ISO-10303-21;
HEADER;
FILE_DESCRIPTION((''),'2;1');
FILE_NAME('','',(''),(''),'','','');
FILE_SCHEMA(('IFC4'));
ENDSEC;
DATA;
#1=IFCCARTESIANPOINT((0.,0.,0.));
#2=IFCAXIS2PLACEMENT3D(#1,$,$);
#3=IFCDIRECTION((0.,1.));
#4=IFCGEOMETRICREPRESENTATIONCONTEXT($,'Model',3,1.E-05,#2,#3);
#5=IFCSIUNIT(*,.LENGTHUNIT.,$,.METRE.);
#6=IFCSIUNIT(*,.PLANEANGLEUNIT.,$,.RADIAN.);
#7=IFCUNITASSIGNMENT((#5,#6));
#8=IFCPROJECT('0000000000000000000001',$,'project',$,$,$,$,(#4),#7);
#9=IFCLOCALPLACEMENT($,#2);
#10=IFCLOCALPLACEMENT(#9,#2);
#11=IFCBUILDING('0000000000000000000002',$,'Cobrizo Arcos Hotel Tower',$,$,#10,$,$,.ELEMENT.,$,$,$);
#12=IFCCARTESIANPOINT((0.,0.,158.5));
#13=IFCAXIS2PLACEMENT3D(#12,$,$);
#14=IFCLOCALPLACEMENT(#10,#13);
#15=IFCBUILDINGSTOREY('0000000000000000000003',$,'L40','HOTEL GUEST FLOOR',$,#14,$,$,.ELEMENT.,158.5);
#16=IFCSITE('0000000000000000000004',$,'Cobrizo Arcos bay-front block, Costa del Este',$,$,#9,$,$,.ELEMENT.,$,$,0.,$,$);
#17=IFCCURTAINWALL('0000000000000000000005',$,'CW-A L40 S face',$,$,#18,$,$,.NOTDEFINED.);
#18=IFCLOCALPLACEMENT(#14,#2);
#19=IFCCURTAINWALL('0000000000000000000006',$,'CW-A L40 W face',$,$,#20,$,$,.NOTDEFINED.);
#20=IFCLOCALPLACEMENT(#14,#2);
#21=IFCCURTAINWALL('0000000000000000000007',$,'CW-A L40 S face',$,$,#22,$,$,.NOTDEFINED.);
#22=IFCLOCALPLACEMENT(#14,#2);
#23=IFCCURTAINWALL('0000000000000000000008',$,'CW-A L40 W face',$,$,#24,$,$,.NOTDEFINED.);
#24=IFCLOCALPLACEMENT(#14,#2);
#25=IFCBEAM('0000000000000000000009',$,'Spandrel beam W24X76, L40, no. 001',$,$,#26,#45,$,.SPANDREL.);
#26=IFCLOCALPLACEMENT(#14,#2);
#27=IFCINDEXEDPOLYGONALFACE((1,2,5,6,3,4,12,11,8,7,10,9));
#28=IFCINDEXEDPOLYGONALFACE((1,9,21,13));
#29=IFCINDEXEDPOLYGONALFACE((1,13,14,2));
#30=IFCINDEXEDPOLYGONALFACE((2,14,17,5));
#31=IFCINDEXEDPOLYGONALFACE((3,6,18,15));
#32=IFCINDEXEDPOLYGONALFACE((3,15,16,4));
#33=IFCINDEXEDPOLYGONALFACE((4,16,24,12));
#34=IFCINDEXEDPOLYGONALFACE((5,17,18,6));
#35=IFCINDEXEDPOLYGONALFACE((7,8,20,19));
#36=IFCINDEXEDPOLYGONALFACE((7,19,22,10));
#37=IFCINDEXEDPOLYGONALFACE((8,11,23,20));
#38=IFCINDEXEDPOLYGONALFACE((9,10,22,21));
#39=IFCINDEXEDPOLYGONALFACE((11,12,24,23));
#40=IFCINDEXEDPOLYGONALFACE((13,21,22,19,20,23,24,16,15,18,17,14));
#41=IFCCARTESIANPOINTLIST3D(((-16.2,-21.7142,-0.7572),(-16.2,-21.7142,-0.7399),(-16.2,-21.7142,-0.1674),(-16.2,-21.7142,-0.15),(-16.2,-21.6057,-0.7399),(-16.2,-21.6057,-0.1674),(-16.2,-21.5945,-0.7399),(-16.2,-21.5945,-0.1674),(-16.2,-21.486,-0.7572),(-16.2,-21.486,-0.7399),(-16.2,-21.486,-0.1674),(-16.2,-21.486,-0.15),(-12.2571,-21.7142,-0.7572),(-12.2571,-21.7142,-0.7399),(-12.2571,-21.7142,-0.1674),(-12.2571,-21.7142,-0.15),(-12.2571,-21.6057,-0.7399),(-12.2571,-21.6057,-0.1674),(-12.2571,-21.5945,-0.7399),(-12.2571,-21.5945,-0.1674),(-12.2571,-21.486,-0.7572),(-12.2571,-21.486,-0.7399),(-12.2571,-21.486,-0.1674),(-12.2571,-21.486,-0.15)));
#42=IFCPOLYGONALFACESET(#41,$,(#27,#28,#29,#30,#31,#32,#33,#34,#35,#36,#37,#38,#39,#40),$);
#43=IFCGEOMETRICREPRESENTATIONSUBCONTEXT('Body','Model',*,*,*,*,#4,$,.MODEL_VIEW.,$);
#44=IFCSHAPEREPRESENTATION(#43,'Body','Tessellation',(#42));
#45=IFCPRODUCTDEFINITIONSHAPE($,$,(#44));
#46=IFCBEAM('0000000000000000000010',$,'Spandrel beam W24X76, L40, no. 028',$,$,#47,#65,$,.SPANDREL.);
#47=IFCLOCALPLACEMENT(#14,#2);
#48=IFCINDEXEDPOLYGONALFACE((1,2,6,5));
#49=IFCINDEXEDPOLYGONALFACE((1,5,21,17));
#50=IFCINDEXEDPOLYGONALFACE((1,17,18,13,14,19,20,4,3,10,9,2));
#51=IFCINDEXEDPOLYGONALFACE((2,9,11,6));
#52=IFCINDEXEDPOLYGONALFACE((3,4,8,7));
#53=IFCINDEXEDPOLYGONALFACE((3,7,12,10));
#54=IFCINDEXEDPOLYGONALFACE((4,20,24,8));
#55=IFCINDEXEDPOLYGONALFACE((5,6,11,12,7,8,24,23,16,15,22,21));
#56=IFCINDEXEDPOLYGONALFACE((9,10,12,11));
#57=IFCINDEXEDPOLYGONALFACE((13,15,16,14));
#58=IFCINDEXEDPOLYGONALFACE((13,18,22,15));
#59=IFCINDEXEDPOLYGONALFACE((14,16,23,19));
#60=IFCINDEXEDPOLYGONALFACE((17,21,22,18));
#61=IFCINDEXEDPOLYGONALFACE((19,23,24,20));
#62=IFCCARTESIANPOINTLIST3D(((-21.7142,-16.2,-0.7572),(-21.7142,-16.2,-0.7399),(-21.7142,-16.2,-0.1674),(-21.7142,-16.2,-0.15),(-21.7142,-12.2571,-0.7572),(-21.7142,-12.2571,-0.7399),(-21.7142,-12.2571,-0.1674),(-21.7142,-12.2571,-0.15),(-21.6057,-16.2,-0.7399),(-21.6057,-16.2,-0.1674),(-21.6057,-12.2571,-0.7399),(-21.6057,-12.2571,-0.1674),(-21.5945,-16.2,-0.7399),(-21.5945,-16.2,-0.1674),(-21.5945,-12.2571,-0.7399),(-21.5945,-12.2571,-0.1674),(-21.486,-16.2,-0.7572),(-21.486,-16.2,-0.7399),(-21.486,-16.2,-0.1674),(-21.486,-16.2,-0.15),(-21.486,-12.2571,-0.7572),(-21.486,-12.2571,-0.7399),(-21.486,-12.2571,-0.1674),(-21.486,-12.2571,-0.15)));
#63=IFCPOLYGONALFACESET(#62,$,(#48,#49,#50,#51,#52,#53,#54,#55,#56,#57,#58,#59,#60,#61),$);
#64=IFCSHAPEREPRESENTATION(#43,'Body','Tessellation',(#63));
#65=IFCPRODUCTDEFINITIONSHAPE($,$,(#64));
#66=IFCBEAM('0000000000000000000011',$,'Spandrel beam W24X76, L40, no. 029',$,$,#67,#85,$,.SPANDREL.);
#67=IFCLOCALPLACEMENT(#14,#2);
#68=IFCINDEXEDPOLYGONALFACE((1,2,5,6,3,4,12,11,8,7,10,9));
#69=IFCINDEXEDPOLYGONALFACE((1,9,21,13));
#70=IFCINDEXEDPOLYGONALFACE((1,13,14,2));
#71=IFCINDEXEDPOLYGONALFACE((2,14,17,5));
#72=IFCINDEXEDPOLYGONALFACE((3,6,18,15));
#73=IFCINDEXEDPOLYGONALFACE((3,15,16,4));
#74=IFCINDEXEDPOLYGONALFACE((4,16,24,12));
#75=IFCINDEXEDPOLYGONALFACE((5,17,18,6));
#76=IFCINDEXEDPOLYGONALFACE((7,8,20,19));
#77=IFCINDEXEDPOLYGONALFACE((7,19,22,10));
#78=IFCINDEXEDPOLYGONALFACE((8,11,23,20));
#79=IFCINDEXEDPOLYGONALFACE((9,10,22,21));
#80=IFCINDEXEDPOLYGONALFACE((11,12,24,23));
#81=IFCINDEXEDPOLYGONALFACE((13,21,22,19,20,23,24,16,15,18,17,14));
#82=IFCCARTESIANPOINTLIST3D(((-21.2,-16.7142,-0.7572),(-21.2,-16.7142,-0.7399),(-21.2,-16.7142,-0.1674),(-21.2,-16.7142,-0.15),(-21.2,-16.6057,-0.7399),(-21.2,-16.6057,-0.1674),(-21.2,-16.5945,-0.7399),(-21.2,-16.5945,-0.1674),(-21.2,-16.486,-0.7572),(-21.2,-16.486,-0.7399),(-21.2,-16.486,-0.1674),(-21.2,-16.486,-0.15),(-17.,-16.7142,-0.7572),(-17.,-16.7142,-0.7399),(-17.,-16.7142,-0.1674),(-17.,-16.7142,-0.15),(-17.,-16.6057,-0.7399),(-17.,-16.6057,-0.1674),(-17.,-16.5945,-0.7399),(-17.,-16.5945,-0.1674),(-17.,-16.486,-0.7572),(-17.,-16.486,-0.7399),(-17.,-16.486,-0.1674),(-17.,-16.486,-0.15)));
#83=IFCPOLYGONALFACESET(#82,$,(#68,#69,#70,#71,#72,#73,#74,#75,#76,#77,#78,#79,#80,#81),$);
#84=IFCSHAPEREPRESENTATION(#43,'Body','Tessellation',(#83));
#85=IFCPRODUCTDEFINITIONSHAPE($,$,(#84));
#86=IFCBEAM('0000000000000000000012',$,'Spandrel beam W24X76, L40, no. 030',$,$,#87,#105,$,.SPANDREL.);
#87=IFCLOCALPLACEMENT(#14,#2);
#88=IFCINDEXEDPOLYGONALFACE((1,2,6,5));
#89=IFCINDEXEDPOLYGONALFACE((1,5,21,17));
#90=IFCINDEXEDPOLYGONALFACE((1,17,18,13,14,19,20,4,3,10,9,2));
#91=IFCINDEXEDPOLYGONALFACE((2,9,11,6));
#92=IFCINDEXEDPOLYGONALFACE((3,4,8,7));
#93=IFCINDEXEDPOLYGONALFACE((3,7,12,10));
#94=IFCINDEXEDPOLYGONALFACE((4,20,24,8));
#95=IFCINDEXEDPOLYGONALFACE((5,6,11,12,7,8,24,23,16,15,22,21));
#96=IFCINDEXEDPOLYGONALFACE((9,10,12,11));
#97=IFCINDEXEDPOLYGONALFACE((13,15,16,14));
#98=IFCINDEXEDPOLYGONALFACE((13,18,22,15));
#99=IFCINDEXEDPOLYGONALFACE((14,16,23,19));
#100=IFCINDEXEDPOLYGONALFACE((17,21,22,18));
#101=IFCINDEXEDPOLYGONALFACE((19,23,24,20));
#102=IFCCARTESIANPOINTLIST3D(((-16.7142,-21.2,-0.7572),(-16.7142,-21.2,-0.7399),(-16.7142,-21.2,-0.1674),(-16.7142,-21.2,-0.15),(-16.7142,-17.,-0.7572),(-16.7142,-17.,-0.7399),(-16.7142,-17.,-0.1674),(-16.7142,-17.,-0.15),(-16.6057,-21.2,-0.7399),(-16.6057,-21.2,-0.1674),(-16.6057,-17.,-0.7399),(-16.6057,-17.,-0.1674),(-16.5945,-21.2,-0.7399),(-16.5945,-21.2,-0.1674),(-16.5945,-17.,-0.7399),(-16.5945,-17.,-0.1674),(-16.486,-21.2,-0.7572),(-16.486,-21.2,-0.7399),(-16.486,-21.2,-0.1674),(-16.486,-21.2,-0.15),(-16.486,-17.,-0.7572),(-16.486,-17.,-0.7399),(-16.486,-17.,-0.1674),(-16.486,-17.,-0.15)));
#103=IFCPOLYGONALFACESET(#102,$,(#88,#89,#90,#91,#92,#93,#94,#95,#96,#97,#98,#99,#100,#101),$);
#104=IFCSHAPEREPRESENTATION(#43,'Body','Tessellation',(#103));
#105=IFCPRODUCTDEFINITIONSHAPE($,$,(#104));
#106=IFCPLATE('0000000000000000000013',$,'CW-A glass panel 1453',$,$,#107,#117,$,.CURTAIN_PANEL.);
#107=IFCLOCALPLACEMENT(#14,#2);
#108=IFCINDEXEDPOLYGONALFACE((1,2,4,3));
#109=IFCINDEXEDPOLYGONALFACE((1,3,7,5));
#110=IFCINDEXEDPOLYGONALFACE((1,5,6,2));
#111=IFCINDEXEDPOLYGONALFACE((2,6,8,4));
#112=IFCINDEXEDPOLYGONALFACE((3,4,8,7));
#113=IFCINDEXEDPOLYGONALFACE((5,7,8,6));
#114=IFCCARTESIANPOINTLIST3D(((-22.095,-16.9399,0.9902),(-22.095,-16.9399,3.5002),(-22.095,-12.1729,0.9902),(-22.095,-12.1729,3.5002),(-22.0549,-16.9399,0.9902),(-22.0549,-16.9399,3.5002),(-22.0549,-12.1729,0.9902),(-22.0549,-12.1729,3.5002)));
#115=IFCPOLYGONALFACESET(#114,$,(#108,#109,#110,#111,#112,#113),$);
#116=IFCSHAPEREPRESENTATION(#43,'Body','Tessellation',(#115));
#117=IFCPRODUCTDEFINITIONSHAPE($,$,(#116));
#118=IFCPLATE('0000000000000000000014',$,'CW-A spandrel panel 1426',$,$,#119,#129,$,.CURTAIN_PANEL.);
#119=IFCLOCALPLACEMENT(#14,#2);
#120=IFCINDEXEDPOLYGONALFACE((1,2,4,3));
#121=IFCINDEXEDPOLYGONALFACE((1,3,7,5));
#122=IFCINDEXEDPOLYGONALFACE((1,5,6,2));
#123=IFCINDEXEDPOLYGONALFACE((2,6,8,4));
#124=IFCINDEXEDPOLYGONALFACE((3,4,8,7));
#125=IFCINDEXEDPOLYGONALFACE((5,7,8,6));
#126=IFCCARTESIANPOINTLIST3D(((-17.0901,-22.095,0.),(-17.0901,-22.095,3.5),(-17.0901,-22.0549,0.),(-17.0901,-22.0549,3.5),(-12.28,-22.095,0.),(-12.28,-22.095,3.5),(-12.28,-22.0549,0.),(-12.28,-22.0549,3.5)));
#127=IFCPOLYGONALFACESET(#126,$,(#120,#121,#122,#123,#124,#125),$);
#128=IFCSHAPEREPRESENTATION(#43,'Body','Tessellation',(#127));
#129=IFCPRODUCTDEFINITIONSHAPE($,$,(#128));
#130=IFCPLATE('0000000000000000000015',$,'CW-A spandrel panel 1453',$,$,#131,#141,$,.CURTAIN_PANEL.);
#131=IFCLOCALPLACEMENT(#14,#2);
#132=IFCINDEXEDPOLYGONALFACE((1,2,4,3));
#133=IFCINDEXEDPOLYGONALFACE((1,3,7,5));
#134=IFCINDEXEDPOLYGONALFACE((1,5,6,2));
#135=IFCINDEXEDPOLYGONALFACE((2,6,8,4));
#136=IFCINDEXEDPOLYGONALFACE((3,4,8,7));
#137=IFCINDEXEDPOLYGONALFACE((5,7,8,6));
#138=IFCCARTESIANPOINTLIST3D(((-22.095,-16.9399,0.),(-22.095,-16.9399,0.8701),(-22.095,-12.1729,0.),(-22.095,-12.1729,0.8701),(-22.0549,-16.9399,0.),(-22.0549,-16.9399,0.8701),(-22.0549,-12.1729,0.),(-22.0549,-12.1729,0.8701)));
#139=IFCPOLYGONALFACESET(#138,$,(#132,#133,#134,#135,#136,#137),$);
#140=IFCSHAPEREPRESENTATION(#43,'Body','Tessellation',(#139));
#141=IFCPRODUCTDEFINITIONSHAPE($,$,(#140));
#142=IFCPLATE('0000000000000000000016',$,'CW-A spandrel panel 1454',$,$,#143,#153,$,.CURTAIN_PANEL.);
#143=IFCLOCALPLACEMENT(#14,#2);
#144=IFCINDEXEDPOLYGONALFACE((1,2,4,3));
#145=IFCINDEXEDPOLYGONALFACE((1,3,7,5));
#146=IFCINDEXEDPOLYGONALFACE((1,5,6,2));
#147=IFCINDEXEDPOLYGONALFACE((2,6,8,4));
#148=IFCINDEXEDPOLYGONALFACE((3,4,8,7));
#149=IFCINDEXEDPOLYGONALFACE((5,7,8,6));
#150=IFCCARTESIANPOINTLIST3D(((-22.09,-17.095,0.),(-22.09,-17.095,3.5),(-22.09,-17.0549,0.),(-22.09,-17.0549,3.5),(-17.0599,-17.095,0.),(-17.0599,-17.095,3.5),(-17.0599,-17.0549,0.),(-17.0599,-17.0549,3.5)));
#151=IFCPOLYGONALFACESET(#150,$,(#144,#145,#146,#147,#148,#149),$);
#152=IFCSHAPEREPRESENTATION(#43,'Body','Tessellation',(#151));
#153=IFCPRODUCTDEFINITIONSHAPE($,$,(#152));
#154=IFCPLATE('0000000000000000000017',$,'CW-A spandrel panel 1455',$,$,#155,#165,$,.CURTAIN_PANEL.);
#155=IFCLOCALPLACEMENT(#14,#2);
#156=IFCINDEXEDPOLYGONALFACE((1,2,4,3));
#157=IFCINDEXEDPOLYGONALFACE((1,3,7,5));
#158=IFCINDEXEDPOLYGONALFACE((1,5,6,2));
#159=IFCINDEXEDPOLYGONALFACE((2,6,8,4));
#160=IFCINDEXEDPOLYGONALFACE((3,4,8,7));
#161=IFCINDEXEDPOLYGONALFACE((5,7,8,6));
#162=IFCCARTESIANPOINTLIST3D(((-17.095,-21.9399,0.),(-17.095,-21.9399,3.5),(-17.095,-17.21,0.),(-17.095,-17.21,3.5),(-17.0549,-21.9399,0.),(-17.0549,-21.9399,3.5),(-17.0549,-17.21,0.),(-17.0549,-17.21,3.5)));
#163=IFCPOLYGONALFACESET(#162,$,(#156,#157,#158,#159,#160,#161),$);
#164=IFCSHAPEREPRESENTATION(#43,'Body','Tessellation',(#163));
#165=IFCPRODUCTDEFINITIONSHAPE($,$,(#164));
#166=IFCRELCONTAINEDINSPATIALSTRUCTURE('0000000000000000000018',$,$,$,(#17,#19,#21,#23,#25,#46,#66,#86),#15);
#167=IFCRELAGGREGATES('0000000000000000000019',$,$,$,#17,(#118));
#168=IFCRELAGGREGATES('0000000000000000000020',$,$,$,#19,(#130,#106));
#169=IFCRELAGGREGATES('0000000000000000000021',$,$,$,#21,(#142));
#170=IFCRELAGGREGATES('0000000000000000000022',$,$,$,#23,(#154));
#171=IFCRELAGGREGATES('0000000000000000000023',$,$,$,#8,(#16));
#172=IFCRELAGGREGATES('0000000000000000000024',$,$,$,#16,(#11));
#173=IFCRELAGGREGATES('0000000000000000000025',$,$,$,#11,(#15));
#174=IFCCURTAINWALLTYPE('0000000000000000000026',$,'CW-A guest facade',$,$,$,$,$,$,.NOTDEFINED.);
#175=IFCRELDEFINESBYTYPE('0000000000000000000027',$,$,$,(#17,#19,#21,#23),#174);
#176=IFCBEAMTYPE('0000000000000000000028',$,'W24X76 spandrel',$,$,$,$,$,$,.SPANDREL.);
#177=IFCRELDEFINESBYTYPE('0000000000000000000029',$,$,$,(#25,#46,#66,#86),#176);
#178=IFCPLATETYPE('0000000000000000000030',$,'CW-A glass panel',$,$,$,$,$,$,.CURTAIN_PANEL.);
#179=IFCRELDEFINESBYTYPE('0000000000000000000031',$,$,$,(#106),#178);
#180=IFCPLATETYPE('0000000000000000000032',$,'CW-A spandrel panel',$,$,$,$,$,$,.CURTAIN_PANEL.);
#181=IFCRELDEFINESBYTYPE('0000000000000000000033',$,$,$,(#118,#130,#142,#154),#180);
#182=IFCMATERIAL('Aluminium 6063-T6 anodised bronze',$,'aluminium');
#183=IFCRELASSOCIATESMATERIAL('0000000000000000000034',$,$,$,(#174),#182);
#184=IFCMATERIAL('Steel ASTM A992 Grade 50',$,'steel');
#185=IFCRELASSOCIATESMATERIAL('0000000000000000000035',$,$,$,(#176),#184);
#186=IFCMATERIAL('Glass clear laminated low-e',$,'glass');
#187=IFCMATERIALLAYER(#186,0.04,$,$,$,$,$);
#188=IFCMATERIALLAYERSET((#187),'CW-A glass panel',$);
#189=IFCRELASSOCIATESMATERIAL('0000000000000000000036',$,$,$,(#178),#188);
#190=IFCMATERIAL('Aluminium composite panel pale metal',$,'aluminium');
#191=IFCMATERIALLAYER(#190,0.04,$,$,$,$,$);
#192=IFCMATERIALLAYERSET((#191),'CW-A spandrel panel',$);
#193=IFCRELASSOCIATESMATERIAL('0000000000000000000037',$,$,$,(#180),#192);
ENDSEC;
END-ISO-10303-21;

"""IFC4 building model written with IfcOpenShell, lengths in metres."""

from ifc_helpers import new_model, si_unit, direction, frame, origin, origin_2d, place, context, subcontext, project, spatial, rectangle, i_section, extrude, material, layer, layer_set, material_profile, profile_set, type_object, element, aggregate, save


model = new_model("IFC4")

# Units and contexts
model_context = context("Model", 3, precision=1e-05, world=origin(), true_north=direction((0.0, 1.0)))
body_context = subcontext(model_context, "Body", "Model", "MODEL_VIEW")
ifc_project = project(units=[si_unit("LENGTHUNIT", "METRE"), si_unit("PLANEANGLEUNIT", "RADIAN")], contexts=[model_context])

# Site, building, storey
site_placement = place(None, origin())
site = spatial("IfcSite", under=ifc_project, at=site_placement, Name="Cobrizo Arcos bay-front block, Costa del Este", CompositionType="ELEMENT", RefElevation=0.0)
building_placement = place(site_placement, origin())
building = spatial("IfcBuilding", under=site, at=building_placement, Name="Cobrizo Arcos Hotel Tower", CompositionType="ELEMENT")
storey_placement = place(building_placement, frame((0.0, 0.0, 158.5)))
storey = spatial("IfcBuildingStorey", under=building, at=storey_placement, Name="L40", Description="HOTEL GUEST FLOOR", CompositionType="ELEMENT", Elevation=158.5)

# Curtain walls
ifc_material_1 = material(Name="Aluminium 6063-T6 anodised bronze", Category="aluminium")
curtain_wall_type = type_object("IfcCurtainWallType", Name="CW-A guest facade", PredefinedType="NOTDEFINED", material=ifc_material_1)
curtain_wall_1_placement = place(storey_placement, origin())
curtain_wall_1 = element("IfcCurtainWall", 1, at=curtain_wall_1_placement, inside=storey, type_object=curtain_wall_type, Name="CW-A L40 S face", PredefinedType="NOTDEFINED")
curtain_wall_2_placement = place(storey_placement, origin())
curtain_wall_2 = element("IfcCurtainWall", 2, at=curtain_wall_2_placement, inside=storey, type_object=curtain_wall_type, Name="CW-A L40 W face", PredefinedType="NOTDEFINED")

# Curtain walls
curtain_wall_3_placement = place(storey_placement, origin())
curtain_wall_3 = element("IfcCurtainWall", 3, at=curtain_wall_3_placement, inside=storey, type_object=curtain_wall_type, Name="CW-A L40 S face", PredefinedType="NOTDEFINED")
curtain_wall_4_placement = place(storey_placement, origin())
curtain_wall_4 = element("IfcCurtainWall", 4, at=curtain_wall_4_placement, inside=storey, type_object=curtain_wall_type, Name="CW-A L40 W face", PredefinedType="NOTDEFINED")

# Beams
ifc_material_2 = material(Name="Steel ASTM A992 Grade 50", Category="steel")
ifc_material_profile_1 = material_profile(ifc_material_2, i_section(OverallWidth=0.2283, OverallDepth=0.6072, WebThickness=0.0112, FlangeThickness=0.0173, at=origin_2d()), Name="W24X76")
ifc_profile_set_1 = profile_set([ifc_material_profile_1], Name="Steel ASTM A992 Grade 50")
beam_type_1 = type_object("IfcBeamType", Name="W24X76 spandrel", PredefinedType="SPANDREL", material=ifc_profile_set_1)
for number, where, z_axis, x_axis, name in (
    (5, (-16.2, -21.6001, -0.4536), (1.0, 0.0, 0.0), (0.0, 1.0, 0.0), "Spandrel beam W24X76, L40, no. 001"),
    (6, (-21.6001, -12.2571, -0.4536), (0.0, -1.0, 0.0), (1.0, 0.0, 0.0), "Spandrel beam W24X76, L40, no. 028"),
):
    element("IfcBeam", number, at=place(storey_placement, frame(where, z_axis=z_axis, x_axis=x_axis)), inside=storey, type_object=beam_type_1, Name=name, PredefinedType="SPANDREL", context=body_context, shape_type="SweptSolid", body=[
        extrude(i_section(OverallWidth=0.2283, OverallDepth=0.6072, WebThickness=0.0112, FlangeThickness=0.0173, at=origin_2d()), origin(), (0.0, 0.0, 1.0), 3.9429),
    ])
for number, where, z_axis, x_axis, name in (
    (7, (-21.2, -16.6001, -0.4536), (1.0, 0.0, 0.0), (0.0, 1.0, 0.0), "Spandrel beam W24X76, L40, no. 029"),
    (8, (-16.6001, -17.0, -0.4536), (0.0, -1.0, 0.0), (1.0, 0.0, 0.0), "Spandrel beam W24X76, L40, no. 030"),
):
    element("IfcBeam", number, at=place(storey_placement, frame(where, z_axis=z_axis, x_axis=x_axis)), inside=storey, type_object=beam_type_1, Name=name, PredefinedType="SPANDREL", context=body_context, shape_type="SweptSolid", body=[
        extrude(i_section(OverallWidth=0.2283, OverallDepth=0.6072, WebThickness=0.0112, FlangeThickness=0.0173, at=origin_2d()), origin(), (0.0, 0.0, 1.0), 4.2),
    ])

# Plates
ifc_material_3 = material(Name="Glass clear laminated low-e", Category="glass")
ifc_layer_1 = layer(ifc_material_3, 0.04)
ifc_layer_set_1 = layer_set([ifc_layer_1], Name="CW-A glass panel")
plate_type_1 = type_object("IfcPlateType", Name="CW-A glass panel", PredefinedType="CURTAIN_PANEL", material=ifc_layer_set_1)
plate_1_placement = place(storey_placement, frame((-22.075, -14.5564, 0.9902), z_axis=(0.0, 0.0, 1.0), x_axis=(0.0, -1.0, 0.0)))
plate_1 = element("IfcPlate", 9, at=plate_1_placement, type_object=plate_type_1, Name="CW-A glass panel 1453", PredefinedType="CURTAIN_PANEL", context=body_context, shape_type="SweptSolid", body=[
    extrude(rectangle(XDim=4.7671, YDim=0.04, at=origin_2d()), origin(), (0.0, 0.0, 1.0), 2.51),
])
ifc_material_4 = material(Name="Aluminium composite panel pale metal", Category="aluminium")
ifc_layer_2 = layer(ifc_material_4, 0.04)
ifc_layer_set_2 = layer_set([ifc_layer_2], Name="CW-A spandrel panel")
plate_type_2 = type_object("IfcPlateType", Name="CW-A spandrel panel", PredefinedType="CURTAIN_PANEL", material=ifc_layer_set_2)
plate_2_placement = place(storey_placement, frame((-14.6851, -22.075, 0.0), z_axis=(0.0, 0.0, 1.0), x_axis=(1.0, 0.0, 0.0)))
plate_2 = element("IfcPlate", 10, at=plate_2_placement, type_object=plate_type_2, Name="CW-A spandrel panel 1426", PredefinedType="CURTAIN_PANEL", context=body_context, shape_type="SweptSolid", body=[
    extrude(rectangle(XDim=4.8101, YDim=0.04, at=origin_2d()), origin(), (0.0, 0.0, 1.0), 3.5),
])
aggregate(curtain_wall_1, [plate_2])
plate_3_placement = place(storey_placement, frame((-22.075, -14.5564, 0.0), z_axis=(0.0, 0.0, 1.0), x_axis=(0.0, -1.0, 0.0)))
plate_3 = element("IfcPlate", 11, at=plate_3_placement, type_object=plate_type_2, Name="CW-A spandrel panel 1453", PredefinedType="CURTAIN_PANEL", context=body_context, shape_type="SweptSolid", body=[
    extrude(rectangle(XDim=4.7671, YDim=0.04, at=origin_2d()), origin(), (0.0, 0.0, 1.0), 0.8701),
])
aggregate(curtain_wall_2, [plate_3, plate_1])
plate_4_placement = place(storey_placement, frame((-19.575, -17.075, 0.0), z_axis=(0.0, 0.0, 1.0), x_axis=(1.0, 0.0, 0.0)))
plate_4 = element("IfcPlate", 12, at=plate_4_placement, type_object=plate_type_2, Name="CW-A spandrel panel 1454", PredefinedType="CURTAIN_PANEL", context=body_context, shape_type="SweptSolid", body=[
    extrude(rectangle(XDim=5.03, YDim=0.04, at=origin_2d()), origin(), (0.0, 0.0, 1.0), 3.5),
])
aggregate(curtain_wall_3, [plate_4])
plate_5_placement = place(storey_placement, frame((-17.075, -19.575, 0.0), z_axis=(0.0, 0.0, 1.0), x_axis=(0.0, -1.0, 0.0)))
plate_5 = element("IfcPlate", 13, at=plate_5_placement, type_object=plate_type_2, Name="CW-A spandrel panel 1455", PredefinedType="CURTAIN_PANEL", context=body_context, shape_type="SweptSolid", body=[
    extrude(rectangle(XDim=4.73, YDim=0.04, at=origin_2d()), origin(), (0.0, 0.0, 1.0), 3.5),
])
aggregate(curtain_wall_4, [plate_5])

save(model, "model.ifc")
